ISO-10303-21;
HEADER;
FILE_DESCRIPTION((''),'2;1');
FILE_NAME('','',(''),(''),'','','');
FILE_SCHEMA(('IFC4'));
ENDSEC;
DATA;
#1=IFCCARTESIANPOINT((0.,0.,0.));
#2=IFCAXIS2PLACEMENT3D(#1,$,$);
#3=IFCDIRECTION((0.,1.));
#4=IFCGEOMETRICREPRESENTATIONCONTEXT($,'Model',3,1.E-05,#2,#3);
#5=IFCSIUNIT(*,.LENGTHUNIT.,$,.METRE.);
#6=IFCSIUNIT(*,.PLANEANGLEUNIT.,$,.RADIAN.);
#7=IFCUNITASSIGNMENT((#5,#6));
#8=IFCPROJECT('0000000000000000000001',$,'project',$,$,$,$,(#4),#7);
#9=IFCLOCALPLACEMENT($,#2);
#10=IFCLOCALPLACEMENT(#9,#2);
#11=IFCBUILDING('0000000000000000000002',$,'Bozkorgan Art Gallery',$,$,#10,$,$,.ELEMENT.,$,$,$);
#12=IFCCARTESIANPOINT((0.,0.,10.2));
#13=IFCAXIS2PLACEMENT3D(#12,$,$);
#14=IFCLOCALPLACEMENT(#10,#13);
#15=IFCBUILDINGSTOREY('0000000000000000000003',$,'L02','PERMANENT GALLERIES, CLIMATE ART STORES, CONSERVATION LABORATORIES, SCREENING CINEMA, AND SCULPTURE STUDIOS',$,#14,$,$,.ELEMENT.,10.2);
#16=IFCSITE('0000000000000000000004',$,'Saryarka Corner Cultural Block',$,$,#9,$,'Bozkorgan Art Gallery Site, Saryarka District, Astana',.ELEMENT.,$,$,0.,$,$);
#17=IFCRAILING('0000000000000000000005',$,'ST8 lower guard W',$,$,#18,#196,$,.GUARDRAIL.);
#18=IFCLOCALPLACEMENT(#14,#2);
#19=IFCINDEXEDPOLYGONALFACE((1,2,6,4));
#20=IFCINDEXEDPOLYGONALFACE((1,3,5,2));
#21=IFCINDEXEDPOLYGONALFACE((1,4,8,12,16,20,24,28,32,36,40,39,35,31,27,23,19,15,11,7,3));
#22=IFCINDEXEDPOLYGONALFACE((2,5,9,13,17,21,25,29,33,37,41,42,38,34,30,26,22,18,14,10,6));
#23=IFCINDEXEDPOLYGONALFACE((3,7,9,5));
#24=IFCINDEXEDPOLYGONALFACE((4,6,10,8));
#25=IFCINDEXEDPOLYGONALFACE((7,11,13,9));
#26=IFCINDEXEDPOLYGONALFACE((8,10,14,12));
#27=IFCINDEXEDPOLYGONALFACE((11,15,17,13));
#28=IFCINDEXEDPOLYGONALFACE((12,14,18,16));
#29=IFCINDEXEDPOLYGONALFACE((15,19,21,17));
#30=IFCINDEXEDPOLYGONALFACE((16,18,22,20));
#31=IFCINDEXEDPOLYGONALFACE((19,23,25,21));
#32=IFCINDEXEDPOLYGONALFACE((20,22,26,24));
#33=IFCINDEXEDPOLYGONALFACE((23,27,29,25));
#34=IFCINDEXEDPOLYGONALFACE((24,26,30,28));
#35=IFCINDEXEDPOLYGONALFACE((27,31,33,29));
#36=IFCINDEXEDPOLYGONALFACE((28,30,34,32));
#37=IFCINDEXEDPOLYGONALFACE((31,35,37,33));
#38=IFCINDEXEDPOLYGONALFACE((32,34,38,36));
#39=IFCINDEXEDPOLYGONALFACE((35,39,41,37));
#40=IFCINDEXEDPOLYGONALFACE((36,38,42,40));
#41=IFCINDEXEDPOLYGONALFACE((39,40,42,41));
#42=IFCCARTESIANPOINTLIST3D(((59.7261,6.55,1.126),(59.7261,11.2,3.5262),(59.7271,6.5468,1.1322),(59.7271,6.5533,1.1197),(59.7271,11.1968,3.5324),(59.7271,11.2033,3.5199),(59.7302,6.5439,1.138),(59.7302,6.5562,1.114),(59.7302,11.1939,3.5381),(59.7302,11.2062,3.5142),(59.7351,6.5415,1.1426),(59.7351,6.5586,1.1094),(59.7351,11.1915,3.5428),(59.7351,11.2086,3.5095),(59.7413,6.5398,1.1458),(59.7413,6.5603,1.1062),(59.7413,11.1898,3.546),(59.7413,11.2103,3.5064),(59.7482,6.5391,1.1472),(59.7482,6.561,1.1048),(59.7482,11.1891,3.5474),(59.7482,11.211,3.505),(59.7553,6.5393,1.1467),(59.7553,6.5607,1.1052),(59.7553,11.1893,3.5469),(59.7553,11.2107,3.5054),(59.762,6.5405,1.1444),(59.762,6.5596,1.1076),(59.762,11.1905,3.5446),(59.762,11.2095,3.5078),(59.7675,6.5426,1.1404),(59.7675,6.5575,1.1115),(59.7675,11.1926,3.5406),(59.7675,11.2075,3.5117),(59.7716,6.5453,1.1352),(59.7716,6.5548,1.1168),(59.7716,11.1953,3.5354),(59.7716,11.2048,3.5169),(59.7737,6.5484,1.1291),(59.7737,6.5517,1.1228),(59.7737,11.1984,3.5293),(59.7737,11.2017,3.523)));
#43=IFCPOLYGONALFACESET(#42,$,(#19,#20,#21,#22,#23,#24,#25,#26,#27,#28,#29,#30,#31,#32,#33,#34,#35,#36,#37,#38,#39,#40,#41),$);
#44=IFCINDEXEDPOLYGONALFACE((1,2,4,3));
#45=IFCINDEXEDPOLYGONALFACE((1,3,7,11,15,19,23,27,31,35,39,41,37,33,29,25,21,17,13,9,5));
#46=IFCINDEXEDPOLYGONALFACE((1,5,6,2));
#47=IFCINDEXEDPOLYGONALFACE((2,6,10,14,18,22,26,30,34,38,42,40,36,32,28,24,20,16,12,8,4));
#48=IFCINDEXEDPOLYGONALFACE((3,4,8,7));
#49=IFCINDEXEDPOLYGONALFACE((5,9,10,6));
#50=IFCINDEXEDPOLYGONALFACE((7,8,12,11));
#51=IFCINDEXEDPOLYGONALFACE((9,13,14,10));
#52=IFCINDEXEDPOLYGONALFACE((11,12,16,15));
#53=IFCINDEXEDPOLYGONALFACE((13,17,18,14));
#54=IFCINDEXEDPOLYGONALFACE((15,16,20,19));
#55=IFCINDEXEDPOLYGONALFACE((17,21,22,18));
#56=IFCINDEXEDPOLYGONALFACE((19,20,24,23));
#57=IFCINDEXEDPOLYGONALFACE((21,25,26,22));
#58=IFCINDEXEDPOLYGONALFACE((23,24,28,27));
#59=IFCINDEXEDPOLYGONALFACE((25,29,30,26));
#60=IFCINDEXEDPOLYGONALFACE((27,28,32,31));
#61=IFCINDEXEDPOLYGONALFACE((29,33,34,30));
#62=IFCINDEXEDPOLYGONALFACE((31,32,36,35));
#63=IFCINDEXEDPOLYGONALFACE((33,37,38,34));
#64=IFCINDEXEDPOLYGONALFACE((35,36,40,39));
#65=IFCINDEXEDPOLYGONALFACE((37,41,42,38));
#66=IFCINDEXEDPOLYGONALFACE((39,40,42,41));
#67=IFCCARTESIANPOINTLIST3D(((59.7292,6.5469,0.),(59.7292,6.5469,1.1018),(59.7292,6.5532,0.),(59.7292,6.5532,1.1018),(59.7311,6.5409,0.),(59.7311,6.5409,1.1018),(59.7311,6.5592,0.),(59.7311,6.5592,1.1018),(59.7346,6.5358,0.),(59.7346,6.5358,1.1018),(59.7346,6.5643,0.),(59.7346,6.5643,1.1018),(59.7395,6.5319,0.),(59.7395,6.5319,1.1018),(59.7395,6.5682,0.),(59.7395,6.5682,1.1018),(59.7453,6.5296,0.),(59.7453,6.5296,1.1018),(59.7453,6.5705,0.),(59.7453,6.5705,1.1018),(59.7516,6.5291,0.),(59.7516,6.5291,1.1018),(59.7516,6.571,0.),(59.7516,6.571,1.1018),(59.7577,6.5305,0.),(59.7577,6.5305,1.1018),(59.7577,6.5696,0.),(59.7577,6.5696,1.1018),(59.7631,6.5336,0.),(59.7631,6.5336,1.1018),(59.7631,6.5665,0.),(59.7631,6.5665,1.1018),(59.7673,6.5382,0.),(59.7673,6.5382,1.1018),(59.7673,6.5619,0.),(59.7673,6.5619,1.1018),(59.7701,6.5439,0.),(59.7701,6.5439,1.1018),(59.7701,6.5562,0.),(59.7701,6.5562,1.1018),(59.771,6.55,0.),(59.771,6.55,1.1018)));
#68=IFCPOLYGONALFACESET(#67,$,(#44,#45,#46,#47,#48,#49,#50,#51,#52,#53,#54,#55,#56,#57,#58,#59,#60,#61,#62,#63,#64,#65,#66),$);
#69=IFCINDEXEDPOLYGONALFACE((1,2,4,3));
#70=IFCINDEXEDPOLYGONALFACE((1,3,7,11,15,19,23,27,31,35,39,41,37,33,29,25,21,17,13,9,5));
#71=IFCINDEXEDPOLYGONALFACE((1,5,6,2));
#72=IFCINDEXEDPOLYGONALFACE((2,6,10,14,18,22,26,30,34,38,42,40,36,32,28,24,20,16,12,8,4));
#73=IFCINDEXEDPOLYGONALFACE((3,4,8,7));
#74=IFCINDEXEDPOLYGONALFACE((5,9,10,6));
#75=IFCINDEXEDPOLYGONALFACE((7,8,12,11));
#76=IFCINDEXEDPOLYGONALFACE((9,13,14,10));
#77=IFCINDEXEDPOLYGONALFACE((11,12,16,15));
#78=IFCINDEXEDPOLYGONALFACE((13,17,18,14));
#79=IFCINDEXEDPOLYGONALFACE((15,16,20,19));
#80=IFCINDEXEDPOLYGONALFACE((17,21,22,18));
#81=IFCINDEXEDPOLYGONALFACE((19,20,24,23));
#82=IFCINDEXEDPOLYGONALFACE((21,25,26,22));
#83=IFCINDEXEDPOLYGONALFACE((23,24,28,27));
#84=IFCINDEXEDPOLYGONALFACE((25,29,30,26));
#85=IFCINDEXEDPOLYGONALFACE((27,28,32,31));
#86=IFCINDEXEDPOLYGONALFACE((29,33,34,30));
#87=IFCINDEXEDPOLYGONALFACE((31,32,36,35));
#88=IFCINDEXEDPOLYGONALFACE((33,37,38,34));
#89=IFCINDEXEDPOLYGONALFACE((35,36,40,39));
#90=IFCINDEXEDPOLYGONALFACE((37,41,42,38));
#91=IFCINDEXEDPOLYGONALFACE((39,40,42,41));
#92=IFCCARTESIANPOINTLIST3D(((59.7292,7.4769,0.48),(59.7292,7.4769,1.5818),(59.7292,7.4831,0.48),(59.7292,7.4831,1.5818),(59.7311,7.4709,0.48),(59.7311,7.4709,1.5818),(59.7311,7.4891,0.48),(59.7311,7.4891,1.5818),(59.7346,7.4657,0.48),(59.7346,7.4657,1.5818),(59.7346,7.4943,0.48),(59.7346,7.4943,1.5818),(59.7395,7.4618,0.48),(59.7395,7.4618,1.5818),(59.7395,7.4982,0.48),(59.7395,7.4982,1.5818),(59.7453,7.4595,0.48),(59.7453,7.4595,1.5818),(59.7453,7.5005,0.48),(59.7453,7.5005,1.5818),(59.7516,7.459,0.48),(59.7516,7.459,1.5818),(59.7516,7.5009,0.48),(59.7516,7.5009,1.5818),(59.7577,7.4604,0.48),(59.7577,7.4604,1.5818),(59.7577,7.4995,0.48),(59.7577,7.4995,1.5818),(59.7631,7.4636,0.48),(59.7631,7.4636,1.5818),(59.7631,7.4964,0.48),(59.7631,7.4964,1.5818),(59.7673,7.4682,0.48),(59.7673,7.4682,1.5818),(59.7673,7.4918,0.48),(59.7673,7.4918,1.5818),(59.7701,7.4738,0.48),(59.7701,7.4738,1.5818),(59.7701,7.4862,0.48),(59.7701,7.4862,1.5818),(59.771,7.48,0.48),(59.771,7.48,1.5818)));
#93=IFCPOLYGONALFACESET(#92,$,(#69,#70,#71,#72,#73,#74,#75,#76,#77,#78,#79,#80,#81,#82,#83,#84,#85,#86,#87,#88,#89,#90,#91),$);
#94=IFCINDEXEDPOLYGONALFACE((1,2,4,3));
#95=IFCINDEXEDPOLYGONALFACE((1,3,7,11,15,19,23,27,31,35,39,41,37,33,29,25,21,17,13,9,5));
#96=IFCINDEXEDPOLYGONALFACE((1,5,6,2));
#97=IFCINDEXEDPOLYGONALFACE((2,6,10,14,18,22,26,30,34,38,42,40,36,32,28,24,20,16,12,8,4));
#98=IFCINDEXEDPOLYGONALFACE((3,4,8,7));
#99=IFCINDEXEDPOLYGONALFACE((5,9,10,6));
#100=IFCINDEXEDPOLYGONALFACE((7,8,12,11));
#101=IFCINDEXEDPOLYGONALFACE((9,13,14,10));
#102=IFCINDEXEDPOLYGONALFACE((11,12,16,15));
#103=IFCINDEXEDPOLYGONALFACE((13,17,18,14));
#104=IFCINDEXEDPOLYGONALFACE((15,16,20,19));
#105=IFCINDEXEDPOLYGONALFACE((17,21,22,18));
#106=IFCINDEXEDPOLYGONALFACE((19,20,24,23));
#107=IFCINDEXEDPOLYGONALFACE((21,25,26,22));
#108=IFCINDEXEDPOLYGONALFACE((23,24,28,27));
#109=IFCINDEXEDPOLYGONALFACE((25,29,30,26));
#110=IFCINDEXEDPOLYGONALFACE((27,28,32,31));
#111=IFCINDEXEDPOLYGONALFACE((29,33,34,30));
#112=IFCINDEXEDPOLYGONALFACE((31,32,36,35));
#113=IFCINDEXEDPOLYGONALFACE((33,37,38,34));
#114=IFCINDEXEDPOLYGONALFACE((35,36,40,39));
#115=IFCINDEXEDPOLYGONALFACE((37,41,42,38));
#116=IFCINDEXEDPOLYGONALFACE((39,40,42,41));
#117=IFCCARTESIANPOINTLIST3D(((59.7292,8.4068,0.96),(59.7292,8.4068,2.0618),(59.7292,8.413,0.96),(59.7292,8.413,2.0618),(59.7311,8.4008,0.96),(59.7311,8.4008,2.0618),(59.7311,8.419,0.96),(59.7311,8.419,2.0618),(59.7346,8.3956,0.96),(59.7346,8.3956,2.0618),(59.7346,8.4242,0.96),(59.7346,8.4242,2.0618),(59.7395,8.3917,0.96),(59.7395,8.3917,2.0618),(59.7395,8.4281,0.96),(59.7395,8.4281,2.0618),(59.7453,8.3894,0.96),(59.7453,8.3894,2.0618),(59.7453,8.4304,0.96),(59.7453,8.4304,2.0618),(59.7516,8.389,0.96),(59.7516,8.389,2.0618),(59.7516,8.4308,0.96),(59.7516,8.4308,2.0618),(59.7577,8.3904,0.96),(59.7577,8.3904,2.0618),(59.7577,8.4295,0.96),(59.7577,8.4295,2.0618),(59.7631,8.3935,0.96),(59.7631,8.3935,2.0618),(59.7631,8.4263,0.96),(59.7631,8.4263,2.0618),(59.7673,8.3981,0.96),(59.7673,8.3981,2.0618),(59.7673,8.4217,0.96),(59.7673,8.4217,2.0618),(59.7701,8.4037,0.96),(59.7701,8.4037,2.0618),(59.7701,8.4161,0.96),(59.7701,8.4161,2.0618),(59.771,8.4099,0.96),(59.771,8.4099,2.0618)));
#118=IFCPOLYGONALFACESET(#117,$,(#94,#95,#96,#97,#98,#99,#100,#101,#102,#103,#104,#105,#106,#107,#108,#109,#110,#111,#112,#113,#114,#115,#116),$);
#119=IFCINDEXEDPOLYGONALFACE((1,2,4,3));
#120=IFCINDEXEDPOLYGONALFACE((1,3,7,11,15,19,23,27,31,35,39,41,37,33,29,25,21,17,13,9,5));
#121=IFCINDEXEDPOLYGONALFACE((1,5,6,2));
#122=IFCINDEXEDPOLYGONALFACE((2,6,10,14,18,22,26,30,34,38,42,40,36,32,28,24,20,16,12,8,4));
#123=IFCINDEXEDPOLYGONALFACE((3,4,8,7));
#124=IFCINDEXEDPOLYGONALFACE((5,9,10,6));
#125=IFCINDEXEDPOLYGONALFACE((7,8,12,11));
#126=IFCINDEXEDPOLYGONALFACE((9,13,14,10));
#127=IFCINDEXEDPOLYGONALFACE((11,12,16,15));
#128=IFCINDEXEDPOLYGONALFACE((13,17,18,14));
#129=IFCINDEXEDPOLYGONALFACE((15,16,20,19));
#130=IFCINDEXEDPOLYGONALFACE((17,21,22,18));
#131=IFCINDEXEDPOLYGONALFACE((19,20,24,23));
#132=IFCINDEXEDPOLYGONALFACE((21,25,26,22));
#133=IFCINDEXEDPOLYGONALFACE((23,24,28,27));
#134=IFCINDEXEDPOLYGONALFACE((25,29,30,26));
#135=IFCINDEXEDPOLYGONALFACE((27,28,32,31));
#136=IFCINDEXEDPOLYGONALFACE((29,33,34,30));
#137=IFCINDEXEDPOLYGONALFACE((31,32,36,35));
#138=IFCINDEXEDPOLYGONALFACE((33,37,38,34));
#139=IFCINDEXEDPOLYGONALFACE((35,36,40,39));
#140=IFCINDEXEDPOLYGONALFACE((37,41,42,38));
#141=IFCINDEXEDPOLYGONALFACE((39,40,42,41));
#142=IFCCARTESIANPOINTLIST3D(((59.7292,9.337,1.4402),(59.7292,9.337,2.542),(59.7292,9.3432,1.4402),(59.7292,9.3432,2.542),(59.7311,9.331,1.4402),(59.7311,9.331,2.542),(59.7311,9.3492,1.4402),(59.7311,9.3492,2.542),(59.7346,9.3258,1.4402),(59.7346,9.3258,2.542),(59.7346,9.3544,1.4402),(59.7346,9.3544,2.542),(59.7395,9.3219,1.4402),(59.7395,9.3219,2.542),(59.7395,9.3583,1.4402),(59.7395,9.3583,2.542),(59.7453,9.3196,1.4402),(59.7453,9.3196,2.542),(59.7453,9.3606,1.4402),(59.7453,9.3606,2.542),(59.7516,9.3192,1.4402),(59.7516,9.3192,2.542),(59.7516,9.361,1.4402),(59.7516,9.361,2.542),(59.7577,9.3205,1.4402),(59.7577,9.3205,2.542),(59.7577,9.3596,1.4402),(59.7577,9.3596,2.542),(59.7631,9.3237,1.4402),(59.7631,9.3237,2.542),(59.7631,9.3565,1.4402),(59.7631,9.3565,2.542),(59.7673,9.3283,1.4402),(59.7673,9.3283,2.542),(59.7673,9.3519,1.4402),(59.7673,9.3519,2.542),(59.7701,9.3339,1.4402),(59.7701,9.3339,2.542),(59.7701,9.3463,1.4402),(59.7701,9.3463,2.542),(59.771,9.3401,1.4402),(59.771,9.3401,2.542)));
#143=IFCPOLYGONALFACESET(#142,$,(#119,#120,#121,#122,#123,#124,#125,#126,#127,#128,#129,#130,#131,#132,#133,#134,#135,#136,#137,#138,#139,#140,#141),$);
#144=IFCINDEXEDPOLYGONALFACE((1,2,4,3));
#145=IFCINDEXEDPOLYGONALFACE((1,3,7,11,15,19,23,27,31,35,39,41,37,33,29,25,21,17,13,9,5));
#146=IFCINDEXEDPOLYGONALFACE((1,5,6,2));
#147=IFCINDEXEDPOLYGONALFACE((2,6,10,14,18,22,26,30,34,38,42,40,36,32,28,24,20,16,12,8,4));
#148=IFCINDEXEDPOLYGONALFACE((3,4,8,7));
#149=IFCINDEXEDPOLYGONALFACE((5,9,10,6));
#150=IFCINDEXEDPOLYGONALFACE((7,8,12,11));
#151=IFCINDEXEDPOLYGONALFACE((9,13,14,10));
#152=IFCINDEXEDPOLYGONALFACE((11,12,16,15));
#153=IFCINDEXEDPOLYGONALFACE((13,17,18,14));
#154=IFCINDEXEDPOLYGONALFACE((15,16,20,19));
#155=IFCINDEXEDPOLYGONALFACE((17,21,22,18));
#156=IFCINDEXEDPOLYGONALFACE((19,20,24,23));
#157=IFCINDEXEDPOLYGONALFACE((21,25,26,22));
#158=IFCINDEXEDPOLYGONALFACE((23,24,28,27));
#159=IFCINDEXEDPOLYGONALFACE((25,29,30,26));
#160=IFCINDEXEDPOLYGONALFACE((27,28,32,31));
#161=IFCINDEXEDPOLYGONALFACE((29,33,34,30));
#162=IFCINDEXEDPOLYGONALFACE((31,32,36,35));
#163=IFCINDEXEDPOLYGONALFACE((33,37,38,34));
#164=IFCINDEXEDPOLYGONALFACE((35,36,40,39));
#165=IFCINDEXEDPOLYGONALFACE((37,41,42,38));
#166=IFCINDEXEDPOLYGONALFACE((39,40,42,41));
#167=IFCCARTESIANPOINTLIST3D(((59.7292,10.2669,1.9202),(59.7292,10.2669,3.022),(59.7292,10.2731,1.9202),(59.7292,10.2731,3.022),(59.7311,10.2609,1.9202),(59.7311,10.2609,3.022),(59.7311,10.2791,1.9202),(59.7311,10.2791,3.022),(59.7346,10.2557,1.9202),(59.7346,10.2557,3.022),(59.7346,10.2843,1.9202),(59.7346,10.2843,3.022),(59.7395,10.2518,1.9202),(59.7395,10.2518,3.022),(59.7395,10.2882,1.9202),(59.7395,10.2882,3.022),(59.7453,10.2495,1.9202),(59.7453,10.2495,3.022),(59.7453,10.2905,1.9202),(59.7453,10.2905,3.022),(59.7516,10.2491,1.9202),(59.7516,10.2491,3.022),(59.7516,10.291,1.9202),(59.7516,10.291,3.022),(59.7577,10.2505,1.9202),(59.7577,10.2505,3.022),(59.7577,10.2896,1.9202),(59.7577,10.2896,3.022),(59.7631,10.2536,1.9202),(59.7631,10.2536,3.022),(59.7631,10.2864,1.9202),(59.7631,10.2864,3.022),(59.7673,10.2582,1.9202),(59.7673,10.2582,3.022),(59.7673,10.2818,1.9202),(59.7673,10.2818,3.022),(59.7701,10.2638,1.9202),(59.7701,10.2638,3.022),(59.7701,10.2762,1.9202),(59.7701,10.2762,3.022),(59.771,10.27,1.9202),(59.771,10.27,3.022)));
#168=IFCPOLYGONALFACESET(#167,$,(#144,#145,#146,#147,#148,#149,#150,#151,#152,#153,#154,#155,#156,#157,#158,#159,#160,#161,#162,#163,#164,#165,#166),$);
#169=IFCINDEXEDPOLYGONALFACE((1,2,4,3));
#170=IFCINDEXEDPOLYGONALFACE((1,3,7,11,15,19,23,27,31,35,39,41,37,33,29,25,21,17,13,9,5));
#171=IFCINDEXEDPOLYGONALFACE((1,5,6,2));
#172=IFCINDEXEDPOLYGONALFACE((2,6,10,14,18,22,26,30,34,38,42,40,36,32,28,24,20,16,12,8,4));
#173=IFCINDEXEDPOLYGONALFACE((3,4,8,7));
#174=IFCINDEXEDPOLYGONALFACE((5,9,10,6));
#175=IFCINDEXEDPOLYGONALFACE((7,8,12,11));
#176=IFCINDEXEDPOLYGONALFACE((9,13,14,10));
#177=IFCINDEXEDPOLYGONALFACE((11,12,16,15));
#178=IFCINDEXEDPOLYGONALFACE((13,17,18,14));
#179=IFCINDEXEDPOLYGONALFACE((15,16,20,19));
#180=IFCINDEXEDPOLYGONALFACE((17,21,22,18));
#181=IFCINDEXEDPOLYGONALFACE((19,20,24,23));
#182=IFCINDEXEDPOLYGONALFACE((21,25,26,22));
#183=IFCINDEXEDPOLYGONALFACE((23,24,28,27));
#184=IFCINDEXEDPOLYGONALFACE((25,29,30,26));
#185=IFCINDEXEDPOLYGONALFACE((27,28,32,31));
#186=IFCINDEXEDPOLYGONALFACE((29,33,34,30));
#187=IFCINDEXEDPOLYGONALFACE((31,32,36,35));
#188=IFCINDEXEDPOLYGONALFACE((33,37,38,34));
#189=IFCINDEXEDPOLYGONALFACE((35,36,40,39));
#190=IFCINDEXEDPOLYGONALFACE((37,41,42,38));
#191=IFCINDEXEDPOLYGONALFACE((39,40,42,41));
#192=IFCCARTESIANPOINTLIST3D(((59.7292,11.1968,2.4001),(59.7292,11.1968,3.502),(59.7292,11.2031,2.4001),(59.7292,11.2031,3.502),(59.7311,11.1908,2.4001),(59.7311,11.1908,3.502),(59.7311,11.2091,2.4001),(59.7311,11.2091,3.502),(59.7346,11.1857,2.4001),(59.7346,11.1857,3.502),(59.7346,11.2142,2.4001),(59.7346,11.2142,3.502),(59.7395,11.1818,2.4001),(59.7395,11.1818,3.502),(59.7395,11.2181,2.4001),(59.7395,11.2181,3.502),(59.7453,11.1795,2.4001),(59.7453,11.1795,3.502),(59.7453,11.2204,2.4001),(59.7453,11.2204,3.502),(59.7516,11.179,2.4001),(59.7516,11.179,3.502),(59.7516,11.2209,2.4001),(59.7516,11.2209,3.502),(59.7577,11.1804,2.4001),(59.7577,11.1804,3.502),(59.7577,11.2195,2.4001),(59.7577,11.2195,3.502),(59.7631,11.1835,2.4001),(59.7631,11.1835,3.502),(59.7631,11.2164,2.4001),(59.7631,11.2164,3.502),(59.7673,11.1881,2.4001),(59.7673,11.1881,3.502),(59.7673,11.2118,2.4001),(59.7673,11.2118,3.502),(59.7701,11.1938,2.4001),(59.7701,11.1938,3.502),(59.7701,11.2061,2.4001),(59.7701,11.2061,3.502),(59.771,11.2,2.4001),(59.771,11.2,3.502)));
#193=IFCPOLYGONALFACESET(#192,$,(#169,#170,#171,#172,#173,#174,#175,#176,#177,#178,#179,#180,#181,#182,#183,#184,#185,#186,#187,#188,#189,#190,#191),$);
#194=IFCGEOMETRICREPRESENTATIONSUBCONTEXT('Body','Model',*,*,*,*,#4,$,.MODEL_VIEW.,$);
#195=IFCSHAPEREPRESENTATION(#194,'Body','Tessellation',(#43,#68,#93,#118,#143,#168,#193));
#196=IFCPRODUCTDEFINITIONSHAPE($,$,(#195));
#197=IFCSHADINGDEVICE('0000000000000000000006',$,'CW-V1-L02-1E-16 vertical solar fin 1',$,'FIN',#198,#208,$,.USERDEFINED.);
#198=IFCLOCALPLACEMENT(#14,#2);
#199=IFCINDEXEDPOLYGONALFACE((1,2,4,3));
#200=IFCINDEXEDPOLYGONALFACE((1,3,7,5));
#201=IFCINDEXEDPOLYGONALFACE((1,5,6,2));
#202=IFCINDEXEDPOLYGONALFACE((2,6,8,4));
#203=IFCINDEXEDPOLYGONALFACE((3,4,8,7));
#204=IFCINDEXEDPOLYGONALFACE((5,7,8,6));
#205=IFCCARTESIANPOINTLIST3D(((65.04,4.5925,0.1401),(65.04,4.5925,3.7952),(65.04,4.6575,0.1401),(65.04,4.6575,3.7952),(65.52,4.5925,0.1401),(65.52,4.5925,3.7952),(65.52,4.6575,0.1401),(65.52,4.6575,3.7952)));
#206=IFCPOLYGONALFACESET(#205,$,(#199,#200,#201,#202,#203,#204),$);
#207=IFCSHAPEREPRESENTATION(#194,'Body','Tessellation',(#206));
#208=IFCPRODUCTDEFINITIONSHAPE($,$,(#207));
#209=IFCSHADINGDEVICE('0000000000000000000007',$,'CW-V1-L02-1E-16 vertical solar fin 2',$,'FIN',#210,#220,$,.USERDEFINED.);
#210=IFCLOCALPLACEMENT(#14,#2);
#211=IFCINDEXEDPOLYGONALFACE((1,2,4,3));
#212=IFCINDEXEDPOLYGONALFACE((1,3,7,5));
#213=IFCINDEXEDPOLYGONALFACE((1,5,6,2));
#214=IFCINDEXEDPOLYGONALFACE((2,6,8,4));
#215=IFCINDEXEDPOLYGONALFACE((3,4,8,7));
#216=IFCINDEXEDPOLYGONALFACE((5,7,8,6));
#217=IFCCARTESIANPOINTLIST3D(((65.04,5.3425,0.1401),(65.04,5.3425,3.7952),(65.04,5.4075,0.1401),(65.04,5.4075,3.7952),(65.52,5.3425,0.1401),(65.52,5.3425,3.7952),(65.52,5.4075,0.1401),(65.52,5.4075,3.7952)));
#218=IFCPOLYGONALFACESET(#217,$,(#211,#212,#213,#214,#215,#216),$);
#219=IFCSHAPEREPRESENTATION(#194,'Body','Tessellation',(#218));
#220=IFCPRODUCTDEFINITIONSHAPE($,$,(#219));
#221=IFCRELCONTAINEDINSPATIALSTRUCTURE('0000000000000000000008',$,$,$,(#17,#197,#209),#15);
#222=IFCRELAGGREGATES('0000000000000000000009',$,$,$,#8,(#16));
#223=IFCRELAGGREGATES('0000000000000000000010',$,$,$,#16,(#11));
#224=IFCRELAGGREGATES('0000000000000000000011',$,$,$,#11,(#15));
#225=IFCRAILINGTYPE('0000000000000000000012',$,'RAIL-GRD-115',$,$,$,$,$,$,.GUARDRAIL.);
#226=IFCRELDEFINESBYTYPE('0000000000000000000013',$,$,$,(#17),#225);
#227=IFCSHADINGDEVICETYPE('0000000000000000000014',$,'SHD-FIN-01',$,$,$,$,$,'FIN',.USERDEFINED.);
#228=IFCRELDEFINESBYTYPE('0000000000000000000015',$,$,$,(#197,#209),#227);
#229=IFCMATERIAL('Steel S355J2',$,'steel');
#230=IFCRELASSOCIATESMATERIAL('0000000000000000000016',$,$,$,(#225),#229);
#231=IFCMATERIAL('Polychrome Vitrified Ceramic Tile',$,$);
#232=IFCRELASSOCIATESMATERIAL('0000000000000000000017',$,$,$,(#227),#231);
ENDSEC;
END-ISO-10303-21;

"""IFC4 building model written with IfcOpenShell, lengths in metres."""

from ifc_helpers import new_model, si_unit, direction, frame, origin, origin_2d, place, context, subcontext, project, spatial, rectangle, circle, extrude, material, type_object, element, save


model = new_model("IFC4")

# Units and contexts
model_context = context("Model", 3, precision=1e-05, world=origin(), true_north=direction((0.0, 1.0)))
body_context = subcontext(model_context, "Body", "Model", "MODEL_VIEW")
ifc_project = project(units=[si_unit("LENGTHUNIT", "METRE"), si_unit("PLANEANGLEUNIT", "RADIAN")], contexts=[model_context])

# Site, building, storey
site_placement = place(None, origin())
site = spatial("IfcSite", under=ifc_project, at=site_placement, Name="Saryarka Corner Cultural Block", LongName="Bozkorgan Art Gallery Site, Saryarka District, Astana", CompositionType="ELEMENT", RefElevation=0.0)
building_placement = place(site_placement, origin())
building = spatial("IfcBuilding", under=site, at=building_placement, Name="Bozkorgan Art Gallery", CompositionType="ELEMENT")
storey_placement = place(building_placement, frame((0.0, 0.0, 10.2)))
storey = spatial("IfcBuildingStorey", under=building, at=storey_placement, Name="L02", Description="PERMANENT GALLERIES, CLIMATE ART STORES, CONSERVATION LABORATORIES, SCREENING CINEMA, AND SCULPTURE STUDIOS", CompositionType="ELEMENT", Elevation=10.2)

# Shared definitions
ifc_material_1 = material(Name="Steel S355J2", Category="steel")

# Railing
railing_type = type_object("IfcRailingType", Name="RAIL-GRD-115", PredefinedType="GUARDRAIL", material=ifc_material_1)
railing_placement = place(storey_placement, frame((59.75, 6.55, 0.0)))
element("IfcRailing", 1, at=railing_placement, inside=storey, type_object=railing_type, Name="ST8 lower guard W", PredefinedType="GUARDRAIL", context=body_context, shape_type="SweptSolid", body=[
    extrude(circle(Radius=0.0239, at=origin_2d()), frame((0.0, 0.0, 1.126), z_axis=(0.0, 0.888605, 0.458673), x_axis=(-1.0, 0.0, 0.0)), (0.0, 0.0, 1.0), 5.2329),
    extrude(circle(Radius=0.021, at=origin_2d()), origin(), (0.0, 0.0, 1.0), 1.1018),
    extrude(circle(Radius=0.021, at=origin_2d()), frame((0.0, 0.9299, 0.48)), (0.0, 0.0, 1.0), 1.1018),
    extrude(circle(Radius=0.021, at=origin_2d()), frame((0.0, 1.8599, 0.96)), (0.0, 0.0, 1.0), 1.1018),
    extrude(circle(Radius=0.021, at=origin_2d()), frame((0.0, 2.79, 1.4402)), (0.0, 0.0, 1.0), 1.1018),
    extrude(circle(Radius=0.021, at=origin_2d()), frame((0.0, 3.72, 1.9202)), (0.0, 0.0, 1.0), 1.1018),
    extrude(circle(Radius=0.021, at=origin_2d()), frame((0.0, 4.6499, 2.4001)), (0.0, 0.0, 1.0), 1.1018),
])

# Shading devices
ifc_material_2 = material(Name="Polychrome Vitrified Ceramic Tile")
shading_device_type = type_object("IfcShadingDeviceType", Name="SHD-FIN-01", ElementType="FIN", PredefinedType="USERDEFINED", material=ifc_material_2)
for number, where, z_axis, x_axis, name in (
    (2, (65.28, 4.625, 0.1401), (0.0, 0.0, 1.0), (1.0, 0.0, 0.0), "CW-V1-L02-1E-16 vertical solar fin 1"),
    (3, (65.28, 5.375, 0.1401), (0.0, 0.0, 1.0), (1.0, 0.0, 0.0), "CW-V1-L02-1E-16 vertical solar fin 2"),
):
    element("IfcShadingDevice", number, at=place(storey_placement, frame(where, z_axis=z_axis, x_axis=x_axis)), inside=storey, type_object=shading_device_type, Name=name, ObjectType="FIN", PredefinedType="USERDEFINED", context=body_context, shape_type="SweptSolid", body=[
        extrude(rectangle(XDim=0.48, YDim=0.0649, at=origin_2d()), origin(), (0.0, 0.0, 1.0), 3.655),
    ])

save(model, "model.ifc")
